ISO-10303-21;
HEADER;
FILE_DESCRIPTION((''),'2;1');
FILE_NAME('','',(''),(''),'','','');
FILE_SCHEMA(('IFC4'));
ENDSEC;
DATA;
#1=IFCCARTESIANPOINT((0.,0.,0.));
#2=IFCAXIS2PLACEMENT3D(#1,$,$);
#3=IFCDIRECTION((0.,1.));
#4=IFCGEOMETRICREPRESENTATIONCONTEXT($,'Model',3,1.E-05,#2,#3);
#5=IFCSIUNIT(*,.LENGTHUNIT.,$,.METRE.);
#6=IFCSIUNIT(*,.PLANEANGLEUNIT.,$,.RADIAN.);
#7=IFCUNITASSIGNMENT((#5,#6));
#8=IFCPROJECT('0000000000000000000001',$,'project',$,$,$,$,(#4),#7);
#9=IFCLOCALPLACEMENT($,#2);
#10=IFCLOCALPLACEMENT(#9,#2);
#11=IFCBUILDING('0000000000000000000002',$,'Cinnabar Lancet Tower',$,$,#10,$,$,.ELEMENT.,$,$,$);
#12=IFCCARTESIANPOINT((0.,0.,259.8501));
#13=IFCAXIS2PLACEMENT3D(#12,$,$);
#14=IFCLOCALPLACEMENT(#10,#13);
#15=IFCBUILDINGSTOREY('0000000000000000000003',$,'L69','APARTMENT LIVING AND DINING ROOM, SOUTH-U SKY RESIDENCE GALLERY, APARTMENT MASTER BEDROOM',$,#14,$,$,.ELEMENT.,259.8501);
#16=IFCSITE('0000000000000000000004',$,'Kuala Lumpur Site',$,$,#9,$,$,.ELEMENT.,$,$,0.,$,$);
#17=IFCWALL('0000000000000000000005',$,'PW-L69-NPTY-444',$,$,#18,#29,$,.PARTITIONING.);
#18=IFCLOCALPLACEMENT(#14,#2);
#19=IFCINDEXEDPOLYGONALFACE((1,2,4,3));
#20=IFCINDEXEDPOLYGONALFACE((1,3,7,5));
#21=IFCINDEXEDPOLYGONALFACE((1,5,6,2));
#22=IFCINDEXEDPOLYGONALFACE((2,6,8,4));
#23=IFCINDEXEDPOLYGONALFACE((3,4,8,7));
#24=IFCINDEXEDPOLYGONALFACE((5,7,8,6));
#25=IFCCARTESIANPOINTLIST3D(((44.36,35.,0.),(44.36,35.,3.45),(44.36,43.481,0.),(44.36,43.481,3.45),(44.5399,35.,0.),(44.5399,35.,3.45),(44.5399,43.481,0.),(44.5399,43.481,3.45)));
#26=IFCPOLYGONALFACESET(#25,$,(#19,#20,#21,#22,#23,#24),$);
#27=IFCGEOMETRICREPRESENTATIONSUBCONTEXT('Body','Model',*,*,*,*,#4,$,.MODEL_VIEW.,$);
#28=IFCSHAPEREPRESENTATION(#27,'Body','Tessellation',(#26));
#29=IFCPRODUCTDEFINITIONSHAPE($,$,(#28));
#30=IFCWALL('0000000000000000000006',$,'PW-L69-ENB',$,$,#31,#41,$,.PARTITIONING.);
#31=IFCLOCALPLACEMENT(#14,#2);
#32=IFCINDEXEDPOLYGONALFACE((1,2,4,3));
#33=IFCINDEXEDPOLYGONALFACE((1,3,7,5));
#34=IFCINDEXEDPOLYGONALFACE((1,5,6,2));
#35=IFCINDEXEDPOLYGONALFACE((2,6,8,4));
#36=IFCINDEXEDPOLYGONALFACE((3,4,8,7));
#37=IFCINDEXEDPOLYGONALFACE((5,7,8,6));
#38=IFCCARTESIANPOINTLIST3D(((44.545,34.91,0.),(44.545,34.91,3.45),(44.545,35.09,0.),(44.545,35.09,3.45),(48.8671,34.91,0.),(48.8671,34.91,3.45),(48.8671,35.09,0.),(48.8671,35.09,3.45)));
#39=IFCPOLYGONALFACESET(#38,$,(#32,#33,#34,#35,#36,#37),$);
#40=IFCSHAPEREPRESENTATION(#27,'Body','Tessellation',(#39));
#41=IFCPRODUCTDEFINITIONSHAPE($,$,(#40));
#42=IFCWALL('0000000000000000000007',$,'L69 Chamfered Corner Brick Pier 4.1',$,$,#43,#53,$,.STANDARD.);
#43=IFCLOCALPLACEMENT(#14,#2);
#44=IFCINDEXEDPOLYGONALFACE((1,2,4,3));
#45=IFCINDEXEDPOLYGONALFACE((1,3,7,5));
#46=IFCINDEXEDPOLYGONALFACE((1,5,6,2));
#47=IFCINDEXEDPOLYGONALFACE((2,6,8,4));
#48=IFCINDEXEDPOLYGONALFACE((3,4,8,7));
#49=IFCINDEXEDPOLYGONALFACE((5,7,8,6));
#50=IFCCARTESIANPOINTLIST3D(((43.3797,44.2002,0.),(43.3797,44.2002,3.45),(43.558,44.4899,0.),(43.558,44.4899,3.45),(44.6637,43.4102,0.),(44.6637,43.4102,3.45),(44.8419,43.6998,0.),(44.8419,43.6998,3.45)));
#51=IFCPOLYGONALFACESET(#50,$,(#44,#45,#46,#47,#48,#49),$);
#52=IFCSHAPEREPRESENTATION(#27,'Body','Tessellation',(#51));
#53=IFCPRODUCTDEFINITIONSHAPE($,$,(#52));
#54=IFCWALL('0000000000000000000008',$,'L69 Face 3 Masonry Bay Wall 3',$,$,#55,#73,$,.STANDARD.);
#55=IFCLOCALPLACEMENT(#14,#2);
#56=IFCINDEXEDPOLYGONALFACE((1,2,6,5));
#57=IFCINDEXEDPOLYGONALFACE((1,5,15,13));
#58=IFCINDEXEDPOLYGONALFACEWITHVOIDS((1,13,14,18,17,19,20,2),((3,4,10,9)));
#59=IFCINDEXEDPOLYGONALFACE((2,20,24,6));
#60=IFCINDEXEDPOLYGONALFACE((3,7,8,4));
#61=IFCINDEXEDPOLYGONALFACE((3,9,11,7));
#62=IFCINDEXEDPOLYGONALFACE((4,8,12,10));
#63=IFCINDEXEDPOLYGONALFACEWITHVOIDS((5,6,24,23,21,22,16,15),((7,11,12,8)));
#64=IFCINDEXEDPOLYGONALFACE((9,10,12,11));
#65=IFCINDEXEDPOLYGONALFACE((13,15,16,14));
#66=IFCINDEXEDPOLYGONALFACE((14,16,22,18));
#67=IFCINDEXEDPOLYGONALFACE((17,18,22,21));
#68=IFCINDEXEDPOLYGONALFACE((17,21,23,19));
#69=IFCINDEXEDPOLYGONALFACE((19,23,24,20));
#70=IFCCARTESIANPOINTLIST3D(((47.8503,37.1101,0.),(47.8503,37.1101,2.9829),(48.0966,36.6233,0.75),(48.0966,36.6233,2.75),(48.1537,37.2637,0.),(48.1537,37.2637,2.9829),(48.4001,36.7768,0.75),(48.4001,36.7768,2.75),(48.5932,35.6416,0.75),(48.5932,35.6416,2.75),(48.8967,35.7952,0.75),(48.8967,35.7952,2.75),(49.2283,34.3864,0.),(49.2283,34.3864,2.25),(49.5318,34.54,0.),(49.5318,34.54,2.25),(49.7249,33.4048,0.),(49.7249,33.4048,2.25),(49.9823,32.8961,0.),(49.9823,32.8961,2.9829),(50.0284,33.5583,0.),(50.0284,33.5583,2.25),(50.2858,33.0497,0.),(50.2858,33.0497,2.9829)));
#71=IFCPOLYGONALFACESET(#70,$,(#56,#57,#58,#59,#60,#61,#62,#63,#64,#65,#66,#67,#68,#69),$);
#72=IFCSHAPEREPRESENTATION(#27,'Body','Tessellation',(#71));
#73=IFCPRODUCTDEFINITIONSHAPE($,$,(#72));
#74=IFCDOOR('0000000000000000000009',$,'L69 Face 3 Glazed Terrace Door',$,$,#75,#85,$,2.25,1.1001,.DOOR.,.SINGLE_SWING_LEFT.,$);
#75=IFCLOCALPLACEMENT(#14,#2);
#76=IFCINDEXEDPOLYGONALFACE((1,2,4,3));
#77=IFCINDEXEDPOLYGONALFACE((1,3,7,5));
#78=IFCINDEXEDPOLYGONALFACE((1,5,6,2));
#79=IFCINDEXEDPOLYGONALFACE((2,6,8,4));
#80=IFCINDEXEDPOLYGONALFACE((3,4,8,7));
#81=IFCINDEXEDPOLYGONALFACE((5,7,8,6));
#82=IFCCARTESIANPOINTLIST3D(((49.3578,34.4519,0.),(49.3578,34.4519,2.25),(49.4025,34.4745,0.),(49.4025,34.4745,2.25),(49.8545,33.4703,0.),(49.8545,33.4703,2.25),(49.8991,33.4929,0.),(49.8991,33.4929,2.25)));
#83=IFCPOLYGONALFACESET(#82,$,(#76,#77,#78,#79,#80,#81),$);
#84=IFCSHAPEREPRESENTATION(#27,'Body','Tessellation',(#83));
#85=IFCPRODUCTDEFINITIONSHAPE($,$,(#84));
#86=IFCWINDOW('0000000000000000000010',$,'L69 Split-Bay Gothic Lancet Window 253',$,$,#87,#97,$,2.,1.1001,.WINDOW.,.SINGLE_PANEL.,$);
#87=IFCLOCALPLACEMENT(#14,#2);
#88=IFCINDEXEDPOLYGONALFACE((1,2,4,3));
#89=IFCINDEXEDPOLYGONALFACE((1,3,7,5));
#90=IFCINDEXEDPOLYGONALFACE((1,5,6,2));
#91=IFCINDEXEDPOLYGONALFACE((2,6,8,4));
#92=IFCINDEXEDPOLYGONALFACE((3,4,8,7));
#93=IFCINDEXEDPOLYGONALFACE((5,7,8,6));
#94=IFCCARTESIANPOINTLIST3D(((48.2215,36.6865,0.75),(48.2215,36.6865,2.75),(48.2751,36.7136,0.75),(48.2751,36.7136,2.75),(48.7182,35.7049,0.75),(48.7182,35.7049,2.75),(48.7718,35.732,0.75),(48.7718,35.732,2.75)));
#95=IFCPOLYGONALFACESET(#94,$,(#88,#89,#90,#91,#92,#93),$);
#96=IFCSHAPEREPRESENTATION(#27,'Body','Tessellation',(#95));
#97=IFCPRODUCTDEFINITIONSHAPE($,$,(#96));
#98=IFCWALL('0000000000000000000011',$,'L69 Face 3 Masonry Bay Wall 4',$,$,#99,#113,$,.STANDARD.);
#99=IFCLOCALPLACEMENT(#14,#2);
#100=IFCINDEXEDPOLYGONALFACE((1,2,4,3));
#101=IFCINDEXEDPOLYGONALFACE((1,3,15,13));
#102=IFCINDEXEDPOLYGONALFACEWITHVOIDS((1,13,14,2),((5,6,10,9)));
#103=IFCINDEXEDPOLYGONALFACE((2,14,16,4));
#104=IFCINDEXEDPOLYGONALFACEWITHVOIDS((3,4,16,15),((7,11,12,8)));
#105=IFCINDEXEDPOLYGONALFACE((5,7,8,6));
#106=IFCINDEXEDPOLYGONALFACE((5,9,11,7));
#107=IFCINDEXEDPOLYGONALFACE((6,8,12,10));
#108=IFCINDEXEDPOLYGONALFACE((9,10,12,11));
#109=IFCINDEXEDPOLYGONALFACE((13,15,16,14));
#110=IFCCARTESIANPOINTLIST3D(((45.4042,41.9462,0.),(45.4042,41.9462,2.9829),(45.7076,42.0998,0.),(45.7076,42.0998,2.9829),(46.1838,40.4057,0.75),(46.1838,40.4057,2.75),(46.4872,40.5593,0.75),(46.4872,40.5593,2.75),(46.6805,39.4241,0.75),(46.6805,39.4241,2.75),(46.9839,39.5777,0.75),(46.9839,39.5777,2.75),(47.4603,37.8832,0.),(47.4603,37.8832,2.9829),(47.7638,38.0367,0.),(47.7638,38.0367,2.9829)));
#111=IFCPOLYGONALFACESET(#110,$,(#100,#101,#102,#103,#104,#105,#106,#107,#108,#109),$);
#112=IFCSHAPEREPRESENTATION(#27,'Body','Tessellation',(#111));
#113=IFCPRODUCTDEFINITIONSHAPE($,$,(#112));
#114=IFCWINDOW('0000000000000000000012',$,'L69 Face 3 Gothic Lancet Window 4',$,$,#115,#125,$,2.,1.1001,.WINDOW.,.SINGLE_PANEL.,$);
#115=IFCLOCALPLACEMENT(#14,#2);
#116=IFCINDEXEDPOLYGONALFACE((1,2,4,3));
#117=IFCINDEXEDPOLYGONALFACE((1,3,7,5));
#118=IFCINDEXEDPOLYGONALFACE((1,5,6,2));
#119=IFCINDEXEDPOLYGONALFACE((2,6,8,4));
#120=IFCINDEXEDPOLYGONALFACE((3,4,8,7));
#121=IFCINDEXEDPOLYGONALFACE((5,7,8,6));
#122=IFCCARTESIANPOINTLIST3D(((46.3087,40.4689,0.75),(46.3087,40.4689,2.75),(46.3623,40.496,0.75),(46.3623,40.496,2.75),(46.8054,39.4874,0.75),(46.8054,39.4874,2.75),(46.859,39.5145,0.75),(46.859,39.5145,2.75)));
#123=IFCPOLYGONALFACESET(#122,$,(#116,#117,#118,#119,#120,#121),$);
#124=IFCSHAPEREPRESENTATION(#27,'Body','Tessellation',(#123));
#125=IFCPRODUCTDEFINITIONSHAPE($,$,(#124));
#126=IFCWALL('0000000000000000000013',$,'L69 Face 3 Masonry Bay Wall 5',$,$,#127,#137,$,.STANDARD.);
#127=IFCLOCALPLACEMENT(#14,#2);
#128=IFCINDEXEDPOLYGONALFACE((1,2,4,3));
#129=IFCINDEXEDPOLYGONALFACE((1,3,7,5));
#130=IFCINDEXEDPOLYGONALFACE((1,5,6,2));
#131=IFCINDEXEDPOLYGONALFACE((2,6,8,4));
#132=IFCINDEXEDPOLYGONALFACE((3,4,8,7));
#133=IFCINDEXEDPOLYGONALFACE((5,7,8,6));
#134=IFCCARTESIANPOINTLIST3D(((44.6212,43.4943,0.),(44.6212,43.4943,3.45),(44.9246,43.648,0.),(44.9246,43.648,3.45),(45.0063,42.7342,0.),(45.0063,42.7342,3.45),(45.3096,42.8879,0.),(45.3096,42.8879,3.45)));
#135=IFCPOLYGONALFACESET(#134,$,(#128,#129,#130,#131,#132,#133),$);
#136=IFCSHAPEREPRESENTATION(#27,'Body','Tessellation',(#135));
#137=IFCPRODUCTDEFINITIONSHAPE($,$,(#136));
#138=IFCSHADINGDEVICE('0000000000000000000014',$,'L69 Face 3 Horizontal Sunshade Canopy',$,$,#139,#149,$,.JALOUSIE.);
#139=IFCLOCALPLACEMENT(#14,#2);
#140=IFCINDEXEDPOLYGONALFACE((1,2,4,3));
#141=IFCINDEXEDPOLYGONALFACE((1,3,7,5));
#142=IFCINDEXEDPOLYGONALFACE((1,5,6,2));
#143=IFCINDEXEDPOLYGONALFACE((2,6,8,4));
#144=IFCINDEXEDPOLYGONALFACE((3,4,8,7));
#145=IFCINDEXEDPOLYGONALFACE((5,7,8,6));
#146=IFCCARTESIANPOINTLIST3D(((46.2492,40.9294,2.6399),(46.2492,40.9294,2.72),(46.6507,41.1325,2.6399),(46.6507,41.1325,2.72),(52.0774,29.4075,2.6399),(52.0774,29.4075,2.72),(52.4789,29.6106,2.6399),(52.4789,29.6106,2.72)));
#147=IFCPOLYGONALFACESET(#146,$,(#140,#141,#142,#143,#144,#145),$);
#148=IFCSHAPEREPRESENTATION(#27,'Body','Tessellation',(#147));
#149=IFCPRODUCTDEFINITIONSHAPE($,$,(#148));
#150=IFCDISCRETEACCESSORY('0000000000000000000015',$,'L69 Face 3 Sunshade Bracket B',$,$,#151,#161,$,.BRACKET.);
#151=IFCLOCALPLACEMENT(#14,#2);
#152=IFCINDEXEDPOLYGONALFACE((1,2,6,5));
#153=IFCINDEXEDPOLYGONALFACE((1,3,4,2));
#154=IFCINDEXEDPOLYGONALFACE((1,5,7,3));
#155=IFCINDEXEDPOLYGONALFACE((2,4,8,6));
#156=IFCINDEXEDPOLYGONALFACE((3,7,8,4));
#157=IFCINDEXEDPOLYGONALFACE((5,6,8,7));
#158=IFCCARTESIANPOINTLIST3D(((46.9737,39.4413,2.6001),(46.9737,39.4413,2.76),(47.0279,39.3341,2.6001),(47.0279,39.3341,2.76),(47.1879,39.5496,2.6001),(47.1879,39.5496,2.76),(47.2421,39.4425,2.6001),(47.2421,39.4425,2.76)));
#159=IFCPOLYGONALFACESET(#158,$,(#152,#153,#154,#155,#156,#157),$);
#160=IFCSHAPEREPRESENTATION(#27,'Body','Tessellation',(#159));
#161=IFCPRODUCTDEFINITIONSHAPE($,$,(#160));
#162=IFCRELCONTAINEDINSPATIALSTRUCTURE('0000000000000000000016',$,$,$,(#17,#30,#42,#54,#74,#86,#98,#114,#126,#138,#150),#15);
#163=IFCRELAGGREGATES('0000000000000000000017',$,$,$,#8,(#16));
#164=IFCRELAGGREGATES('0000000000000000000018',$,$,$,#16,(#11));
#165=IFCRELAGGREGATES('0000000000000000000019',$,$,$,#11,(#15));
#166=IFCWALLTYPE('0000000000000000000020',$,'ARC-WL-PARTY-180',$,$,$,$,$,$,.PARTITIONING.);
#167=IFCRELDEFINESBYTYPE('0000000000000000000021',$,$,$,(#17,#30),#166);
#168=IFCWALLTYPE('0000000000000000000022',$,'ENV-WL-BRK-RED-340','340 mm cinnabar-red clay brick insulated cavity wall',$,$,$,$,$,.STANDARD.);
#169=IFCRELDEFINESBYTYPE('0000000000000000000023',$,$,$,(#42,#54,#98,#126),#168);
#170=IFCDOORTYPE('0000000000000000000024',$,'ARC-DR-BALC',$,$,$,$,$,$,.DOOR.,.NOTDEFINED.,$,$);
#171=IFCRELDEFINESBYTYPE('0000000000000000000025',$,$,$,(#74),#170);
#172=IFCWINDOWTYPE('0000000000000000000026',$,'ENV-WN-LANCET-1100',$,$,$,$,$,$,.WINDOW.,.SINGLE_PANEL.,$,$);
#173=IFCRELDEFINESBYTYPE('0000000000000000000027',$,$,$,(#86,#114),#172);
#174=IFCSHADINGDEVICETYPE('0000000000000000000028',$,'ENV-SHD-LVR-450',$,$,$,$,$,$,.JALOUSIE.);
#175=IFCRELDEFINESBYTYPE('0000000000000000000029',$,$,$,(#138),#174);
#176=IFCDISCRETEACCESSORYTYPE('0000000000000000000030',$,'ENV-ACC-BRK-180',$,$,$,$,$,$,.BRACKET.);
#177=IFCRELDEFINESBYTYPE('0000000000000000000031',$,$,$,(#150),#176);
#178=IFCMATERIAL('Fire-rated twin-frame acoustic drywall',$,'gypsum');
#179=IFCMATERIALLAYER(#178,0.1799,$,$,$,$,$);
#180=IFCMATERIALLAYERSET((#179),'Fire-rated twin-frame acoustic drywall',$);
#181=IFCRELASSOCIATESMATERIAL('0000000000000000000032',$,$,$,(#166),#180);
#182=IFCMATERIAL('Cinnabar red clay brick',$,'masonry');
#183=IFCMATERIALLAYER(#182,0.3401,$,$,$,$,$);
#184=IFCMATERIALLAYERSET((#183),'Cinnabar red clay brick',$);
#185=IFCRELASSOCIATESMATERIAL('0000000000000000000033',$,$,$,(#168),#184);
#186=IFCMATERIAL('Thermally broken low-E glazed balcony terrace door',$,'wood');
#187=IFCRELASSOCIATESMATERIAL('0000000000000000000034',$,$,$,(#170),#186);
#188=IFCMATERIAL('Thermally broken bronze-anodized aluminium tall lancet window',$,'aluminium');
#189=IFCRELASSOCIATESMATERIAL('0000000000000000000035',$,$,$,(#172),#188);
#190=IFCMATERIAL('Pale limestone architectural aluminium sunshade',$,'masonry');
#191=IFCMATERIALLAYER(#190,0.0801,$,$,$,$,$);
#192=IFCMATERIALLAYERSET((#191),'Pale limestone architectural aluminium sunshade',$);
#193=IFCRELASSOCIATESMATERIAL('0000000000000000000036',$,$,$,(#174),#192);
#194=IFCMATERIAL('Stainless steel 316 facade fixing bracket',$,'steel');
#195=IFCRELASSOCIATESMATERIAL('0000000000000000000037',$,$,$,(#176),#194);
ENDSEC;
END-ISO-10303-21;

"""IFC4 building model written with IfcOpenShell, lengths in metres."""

from ifc_helpers import new_model, si_unit, direction, frame, frame_2d, origin, origin_2d, place, context, subcontext, project, spatial, rectangle, extrude, material, layer, layer_set, type_object, element, fill, save


model = new_model("IFC4")

# Units and contexts
model_context = context("Model", 3, precision=1e-05, world=origin(), true_north=direction((0.0, 1.0)))
body_context = subcontext(model_context, "Body", "Model", "MODEL_VIEW")
ifc_project = project(units=[si_unit("LENGTHUNIT", "METRE"), si_unit("PLANEANGLEUNIT", "RADIAN")], contexts=[model_context])

# Site, building, storey
site_placement = place(None, origin())
site = spatial("IfcSite", under=ifc_project, at=site_placement, Name="Kuala Lumpur Site", CompositionType="ELEMENT", RefElevation=0.0)
building_placement = place(site_placement, origin())
building = spatial("IfcBuilding", under=site, at=building_placement, Name="Cinnabar Lancet Tower", CompositionType="ELEMENT")
storey_placement = place(building_placement, frame((0.0, 0.0, 259.8501)))
storey = spatial("IfcBuildingStorey", under=building, at=storey_placement, Name="L69", Description="APARTMENT LIVING AND DINING ROOM, SOUTH-U SKY RESIDENCE GALLERY, APARTMENT MASTER BEDROOM", CompositionType="ELEMENT", Elevation=259.8501)

# Walls
ifc_material_1 = material(Name="Fire-rated twin-frame acoustic drywall", Category="gypsum")
ifc_layer_1 = layer(ifc_material_1, 0.1799)
ifc_layer_set_1 = layer_set([ifc_layer_1], Name="Fire-rated twin-frame acoustic drywall")
wall_type_1 = type_object("IfcWallType", Name="ARC-WL-PARTY-180", PredefinedType="PARTITIONING", material=ifc_layer_set_1)
wall_1_placement = place(storey_placement, frame((44.45, 35.0, 0.0), z_axis=(0.0, 0.0, 1.0), x_axis=(0.0, 1.0, 0.0)))
element("IfcWall", 1, at=wall_1_placement, inside=storey, type_object=wall_type_1, Name="PW-L69-NPTY-444", PredefinedType="PARTITIONING", context=body_context, shape_type="SweptSolid", body=[
    extrude(rectangle(XDim=8.481, YDim=0.1799, at=frame_2d((4.2405, 0.0))), origin(), (0.0, 0.0, 1.0), 3.45),
])
wall_2_placement = place(storey_placement, frame((44.5449, 35.0, 0.0), z_axis=(0.0, 0.0, 1.0), x_axis=(1.0, 0.0, 0.0)))
element("IfcWall", 2, at=wall_2_placement, inside=storey, type_object=wall_type_1, Name="PW-L69-ENB", PredefinedType="PARTITIONING", context=body_context, shape_type="SweptSolid", body=[
    extrude(rectangle(XDim=4.322, YDim=0.1799, at=frame_2d((2.1611, 0.0))), origin(), (0.0, 0.0, 1.0), 3.45),
])
ifc_material_2 = material(Name="Cinnabar red clay brick", Category="masonry")
ifc_layer_2 = layer(ifc_material_2, 0.3401)
ifc_layer_set_2 = layer_set([ifc_layer_2], Name="Cinnabar red clay brick")
wall_type_2 = type_object("IfcWallType", Name="ENV-WL-BRK-RED-340", Description="340 mm cinnabar-red clay brick insulated cavity wall", PredefinedType="STANDARD", material=ifc_layer_set_2)
wall_3_placement = place(storey_placement, frame((44.7529, 43.5549, 0.0), z_axis=(0.0, 0.0, 1.0), x_axis=(-0.851681, 0.524061, 0.0)))
element("IfcWall", 3, at=wall_3_placement, inside=storey, type_object=wall_type_2, Name="L69 Chamfered Corner Brick Pier 4.1", PredefinedType="STANDARD", context=body_context, shape_type="SweptSolid", body=[
    extrude(rectangle(XDim=1.5076, YDim=0.3401, at=frame_2d((0.7539, 0.0))), origin(), (0.0, 0.0, 1.0), 3.45),
])

# Wall, openings, door, window
wall_4_placement = place(storey_placement, frame((50.134, 32.9729, 0.0), z_axis=(0.0, 0.0, 1.0), x_axis=(-0.451448, 0.892298, 0.0)))
wall_4 = element("IfcWall", 4, at=wall_4_placement, inside=storey, type_object=wall_type_2, Name="L69 Face 3 Masonry Bay Wall 3", PredefinedType="STANDARD", context=body_context, shape_type="SweptSolid", body=[
    extrude(rectangle(XDim=4.7227, YDim=0.3401, at=frame_2d((2.3613, 0.0))), origin(), (0.0, 0.0, 1.0), 2.9829),
])
opening_1_placement = place(wall_4_placement, frame((0.5701, 0.0, 0.0)))
opening_1 = element("IfcOpeningElement", 5, at=opening_1_placement, cuts=wall_4, PredefinedType="OPENING", context=body_context, shape_type="SweptSolid", body=[
    extrude(rectangle(XDim=1.1001, YDim=2.25, at=frame_2d((0.55, 1.125))), frame((0.0, 0.1799, 0.0), z_axis=(0.0, -1.0, 0.0), x_axis=(1.0, 0.0, 0.0)), (0.0, 0.0, 1.0), 0.3601),
])
opening_2_placement = place(wall_4_placement, frame((3.0769, 0.0, 0.75)))
opening_2 = element("IfcOpeningElement", 6, at=opening_2_placement, cuts=wall_4, PredefinedType="OPENING", context=body_context, shape_type="SweptSolid", body=[
    extrude(rectangle(XDim=1.1001, YDim=2.0, at=frame_2d((0.55, 1.0))), frame((0.0, 0.1799, 0.0), z_axis=(0.0, -1.0, 0.0), x_axis=(1.0, 0.0, 0.0)), (0.0, 0.0, 1.0), 0.3601),
])
ifc_material_3 = material(Name="Thermally broken low-E glazed balcony terrace door", Category="wood")
door_type = type_object("IfcDoorType", Name="ARC-DR-BALC", OperationType="NOTDEFINED", PredefinedType="DOOR", material=ifc_material_3)
door_placement = place(opening_1_placement, origin())
door = element("IfcDoor", 7, at=door_placement, inside=storey, type_object=door_type, Name="L69 Face 3 Glazed Terrace Door", OperationType="SINGLE_SWING_LEFT", OverallHeight=2.25, OverallWidth=1.1001, PredefinedType="DOOR", context=body_context, shape_type="SweptSolid", body=[
    extrude(rectangle(XDim=1.1001, YDim=2.25, at=frame_2d((0.55, 1.125))), frame((0.0, 0.0249, 0.0), z_axis=(0.0, -1.0, 0.0), x_axis=(1.0, 0.0, 0.0)), (0.0, 0.0, 1.0), 0.05),
])
fill(opening_1, door)
ifc_material_4 = material(Name="Thermally broken bronze-anodized aluminium tall lancet window", Category="aluminium")
window_type = type_object("IfcWindowType", Name="ENV-WN-LANCET-1100", PartitioningType="SINGLE_PANEL", PredefinedType="WINDOW", material=ifc_material_4)
window_1_placement = place(opening_2_placement, origin())
window_1 = element("IfcWindow", 8, at=window_1_placement, inside=storey, type_object=window_type, Name="L69 Split-Bay Gothic Lancet Window 253", OverallHeight=2.0, OverallWidth=1.1001, PartitioningType="SINGLE_PANEL", PredefinedType="WINDOW", context=body_context, shape_type="SweptSolid", body=[
    extrude(rectangle(XDim=1.1001, YDim=2.0, at=frame_2d((0.55, 1.0))), frame((0.0, 0.03, 0.0), z_axis=(0.0, -1.0, 0.0), x_axis=(1.0, 0.0, 0.0)), (0.0, 0.0, 1.0), 0.0601),
])
fill(opening_2, window_1)

# Wall, opening, window
wall_5_placement = place(storey_placement, frame((47.6121, 37.96, 0.0), z_axis=(0.0, 0.0, 1.0), x_axis=(-0.45154, 0.892251, 0.0)))
wall_5 = element("IfcWall", 9, at=wall_5_placement, inside=storey, type_object=wall_type_2, Name="L69 Face 3 Masonry Bay Wall 4", PredefinedType="STANDARD", context=body_context, shape_type="SweptSolid", body=[
    extrude(rectangle(XDim=4.5537, YDim=0.3401, at=frame_2d((2.2769, 0.0))), origin(), (0.0, 0.0, 1.0), 2.9829),
])
opening_3_placement = place(wall_5_placement, frame((1.7271, 0.0, 0.75)))
opening_3 = element("IfcOpeningElement", 10, at=opening_3_placement, cuts=wall_5, PredefinedType="OPENING", context=body_context, shape_type="SweptSolid", body=[
    extrude(rectangle(XDim=1.1001, YDim=2.0, at=frame_2d((0.55, 1.0))), frame((0.0, 0.1799, 0.0), z_axis=(0.0, -1.0, 0.0), x_axis=(1.0, 0.0, 0.0)), (0.0, 0.0, 1.0), 0.3601),
])
window_2_placement = place(opening_3_placement, origin())
window_2 = element("IfcWindow", 11, at=window_2_placement, inside=storey, type_object=window_type, Name="L69 Face 3 Gothic Lancet Window 4", OverallHeight=2.0, OverallWidth=1.1001, PartitioningType="SINGLE_PANEL", PredefinedType="WINDOW", context=body_context, shape_type="SweptSolid", body=[
    extrude(rectangle(XDim=1.1001, YDim=2.0, at=frame_2d((0.55, 1.0))), frame((0.0, 0.03, 0.0), z_axis=(0.0, -1.0, 0.0), x_axis=(1.0, 0.0, 0.0)), (0.0, 0.0, 1.0), 0.0601),
])
fill(opening_3, window_2)

# Wall
wall_6_placement = place(storey_placement, frame((45.158, 42.811, 0.0), z_axis=(0.0, 0.0, 1.0), x_axis=(-0.451907, 0.892065, 0.0)))
element("IfcWall", 12, at=wall_6_placement, inside=storey, type_object=wall_type_2, Name="L69 Face 3 Masonry Bay Wall 5", PredefinedType="STANDARD", context=body_context, shape_type="SweptSolid", body=[
    extrude(rectangle(XDim=0.8521, YDim=0.3401, at=frame_2d((0.426, 0.0))), origin(), (0.0, 0.0, 1.0), 3.45),
])

# Shading device
ifc_material_5 = material(Name="Pale limestone architectural aluminium sunshade", Category="masonry")
ifc_layer_3 = layer(ifc_material_5, 0.0801)
ifc_layer_set_3 = layer_set([ifc_layer_3], Name="Pale limestone architectural aluminium sunshade")
shading_device_type = type_object("IfcShadingDeviceType", Name="ENV-SHD-LVR-450", PredefinedType="JALOUSIE", material=ifc_layer_set_3)
shading_device_placement = place(storey_placement, frame((49.364, 35.27, 2.6399), z_axis=(0.0, 0.0, 1.0), x_axis=(-0.451376, 0.892334, 0.0)))
element("IfcShadingDevice", 13, at=shading_device_placement, inside=storey, type_object=shading_device_type, Name="L69 Face 3 Horizontal Sunshade Canopy", PredefinedType="JALOUSIE", context=body_context, shape_type="SweptSolid", body=[
    extrude(rectangle(XDim=12.9121, YDim=0.45, at=origin_2d()), origin(), (0.0, 0.0, 1.0), 0.0801),
])

# Discrete accessory
ifc_material_6 = material(Name="Stainless steel 316 facade fixing bracket", Category="steel")
discrete_accessory_type = type_object("IfcDiscreteAccessoryType", Name="ENV-ACC-BRK-180", PredefinedType="BRACKET", material=ifc_material_6)
discrete_accessory_placement = place(storey_placement, frame((47.1079, 39.4419, 2.6001), z_axis=(0.0, 0.0, 1.0), x_axis=(-0.451376, 0.892334, 0.0)))
element("IfcDiscreteAccessory", 14, at=discrete_accessory_placement, inside=storey, type_object=discrete_accessory_type, Name="L69 Face 3 Sunshade Bracket B", PredefinedType="BRACKET", context=body_context, shape_type="SweptSolid", body=[
    extrude(rectangle(XDim=0.1201, YDim=0.24, at=origin_2d()), origin(), (0.0, 0.0, 1.0), 0.1599),
])

save(model, "model.ifc")
